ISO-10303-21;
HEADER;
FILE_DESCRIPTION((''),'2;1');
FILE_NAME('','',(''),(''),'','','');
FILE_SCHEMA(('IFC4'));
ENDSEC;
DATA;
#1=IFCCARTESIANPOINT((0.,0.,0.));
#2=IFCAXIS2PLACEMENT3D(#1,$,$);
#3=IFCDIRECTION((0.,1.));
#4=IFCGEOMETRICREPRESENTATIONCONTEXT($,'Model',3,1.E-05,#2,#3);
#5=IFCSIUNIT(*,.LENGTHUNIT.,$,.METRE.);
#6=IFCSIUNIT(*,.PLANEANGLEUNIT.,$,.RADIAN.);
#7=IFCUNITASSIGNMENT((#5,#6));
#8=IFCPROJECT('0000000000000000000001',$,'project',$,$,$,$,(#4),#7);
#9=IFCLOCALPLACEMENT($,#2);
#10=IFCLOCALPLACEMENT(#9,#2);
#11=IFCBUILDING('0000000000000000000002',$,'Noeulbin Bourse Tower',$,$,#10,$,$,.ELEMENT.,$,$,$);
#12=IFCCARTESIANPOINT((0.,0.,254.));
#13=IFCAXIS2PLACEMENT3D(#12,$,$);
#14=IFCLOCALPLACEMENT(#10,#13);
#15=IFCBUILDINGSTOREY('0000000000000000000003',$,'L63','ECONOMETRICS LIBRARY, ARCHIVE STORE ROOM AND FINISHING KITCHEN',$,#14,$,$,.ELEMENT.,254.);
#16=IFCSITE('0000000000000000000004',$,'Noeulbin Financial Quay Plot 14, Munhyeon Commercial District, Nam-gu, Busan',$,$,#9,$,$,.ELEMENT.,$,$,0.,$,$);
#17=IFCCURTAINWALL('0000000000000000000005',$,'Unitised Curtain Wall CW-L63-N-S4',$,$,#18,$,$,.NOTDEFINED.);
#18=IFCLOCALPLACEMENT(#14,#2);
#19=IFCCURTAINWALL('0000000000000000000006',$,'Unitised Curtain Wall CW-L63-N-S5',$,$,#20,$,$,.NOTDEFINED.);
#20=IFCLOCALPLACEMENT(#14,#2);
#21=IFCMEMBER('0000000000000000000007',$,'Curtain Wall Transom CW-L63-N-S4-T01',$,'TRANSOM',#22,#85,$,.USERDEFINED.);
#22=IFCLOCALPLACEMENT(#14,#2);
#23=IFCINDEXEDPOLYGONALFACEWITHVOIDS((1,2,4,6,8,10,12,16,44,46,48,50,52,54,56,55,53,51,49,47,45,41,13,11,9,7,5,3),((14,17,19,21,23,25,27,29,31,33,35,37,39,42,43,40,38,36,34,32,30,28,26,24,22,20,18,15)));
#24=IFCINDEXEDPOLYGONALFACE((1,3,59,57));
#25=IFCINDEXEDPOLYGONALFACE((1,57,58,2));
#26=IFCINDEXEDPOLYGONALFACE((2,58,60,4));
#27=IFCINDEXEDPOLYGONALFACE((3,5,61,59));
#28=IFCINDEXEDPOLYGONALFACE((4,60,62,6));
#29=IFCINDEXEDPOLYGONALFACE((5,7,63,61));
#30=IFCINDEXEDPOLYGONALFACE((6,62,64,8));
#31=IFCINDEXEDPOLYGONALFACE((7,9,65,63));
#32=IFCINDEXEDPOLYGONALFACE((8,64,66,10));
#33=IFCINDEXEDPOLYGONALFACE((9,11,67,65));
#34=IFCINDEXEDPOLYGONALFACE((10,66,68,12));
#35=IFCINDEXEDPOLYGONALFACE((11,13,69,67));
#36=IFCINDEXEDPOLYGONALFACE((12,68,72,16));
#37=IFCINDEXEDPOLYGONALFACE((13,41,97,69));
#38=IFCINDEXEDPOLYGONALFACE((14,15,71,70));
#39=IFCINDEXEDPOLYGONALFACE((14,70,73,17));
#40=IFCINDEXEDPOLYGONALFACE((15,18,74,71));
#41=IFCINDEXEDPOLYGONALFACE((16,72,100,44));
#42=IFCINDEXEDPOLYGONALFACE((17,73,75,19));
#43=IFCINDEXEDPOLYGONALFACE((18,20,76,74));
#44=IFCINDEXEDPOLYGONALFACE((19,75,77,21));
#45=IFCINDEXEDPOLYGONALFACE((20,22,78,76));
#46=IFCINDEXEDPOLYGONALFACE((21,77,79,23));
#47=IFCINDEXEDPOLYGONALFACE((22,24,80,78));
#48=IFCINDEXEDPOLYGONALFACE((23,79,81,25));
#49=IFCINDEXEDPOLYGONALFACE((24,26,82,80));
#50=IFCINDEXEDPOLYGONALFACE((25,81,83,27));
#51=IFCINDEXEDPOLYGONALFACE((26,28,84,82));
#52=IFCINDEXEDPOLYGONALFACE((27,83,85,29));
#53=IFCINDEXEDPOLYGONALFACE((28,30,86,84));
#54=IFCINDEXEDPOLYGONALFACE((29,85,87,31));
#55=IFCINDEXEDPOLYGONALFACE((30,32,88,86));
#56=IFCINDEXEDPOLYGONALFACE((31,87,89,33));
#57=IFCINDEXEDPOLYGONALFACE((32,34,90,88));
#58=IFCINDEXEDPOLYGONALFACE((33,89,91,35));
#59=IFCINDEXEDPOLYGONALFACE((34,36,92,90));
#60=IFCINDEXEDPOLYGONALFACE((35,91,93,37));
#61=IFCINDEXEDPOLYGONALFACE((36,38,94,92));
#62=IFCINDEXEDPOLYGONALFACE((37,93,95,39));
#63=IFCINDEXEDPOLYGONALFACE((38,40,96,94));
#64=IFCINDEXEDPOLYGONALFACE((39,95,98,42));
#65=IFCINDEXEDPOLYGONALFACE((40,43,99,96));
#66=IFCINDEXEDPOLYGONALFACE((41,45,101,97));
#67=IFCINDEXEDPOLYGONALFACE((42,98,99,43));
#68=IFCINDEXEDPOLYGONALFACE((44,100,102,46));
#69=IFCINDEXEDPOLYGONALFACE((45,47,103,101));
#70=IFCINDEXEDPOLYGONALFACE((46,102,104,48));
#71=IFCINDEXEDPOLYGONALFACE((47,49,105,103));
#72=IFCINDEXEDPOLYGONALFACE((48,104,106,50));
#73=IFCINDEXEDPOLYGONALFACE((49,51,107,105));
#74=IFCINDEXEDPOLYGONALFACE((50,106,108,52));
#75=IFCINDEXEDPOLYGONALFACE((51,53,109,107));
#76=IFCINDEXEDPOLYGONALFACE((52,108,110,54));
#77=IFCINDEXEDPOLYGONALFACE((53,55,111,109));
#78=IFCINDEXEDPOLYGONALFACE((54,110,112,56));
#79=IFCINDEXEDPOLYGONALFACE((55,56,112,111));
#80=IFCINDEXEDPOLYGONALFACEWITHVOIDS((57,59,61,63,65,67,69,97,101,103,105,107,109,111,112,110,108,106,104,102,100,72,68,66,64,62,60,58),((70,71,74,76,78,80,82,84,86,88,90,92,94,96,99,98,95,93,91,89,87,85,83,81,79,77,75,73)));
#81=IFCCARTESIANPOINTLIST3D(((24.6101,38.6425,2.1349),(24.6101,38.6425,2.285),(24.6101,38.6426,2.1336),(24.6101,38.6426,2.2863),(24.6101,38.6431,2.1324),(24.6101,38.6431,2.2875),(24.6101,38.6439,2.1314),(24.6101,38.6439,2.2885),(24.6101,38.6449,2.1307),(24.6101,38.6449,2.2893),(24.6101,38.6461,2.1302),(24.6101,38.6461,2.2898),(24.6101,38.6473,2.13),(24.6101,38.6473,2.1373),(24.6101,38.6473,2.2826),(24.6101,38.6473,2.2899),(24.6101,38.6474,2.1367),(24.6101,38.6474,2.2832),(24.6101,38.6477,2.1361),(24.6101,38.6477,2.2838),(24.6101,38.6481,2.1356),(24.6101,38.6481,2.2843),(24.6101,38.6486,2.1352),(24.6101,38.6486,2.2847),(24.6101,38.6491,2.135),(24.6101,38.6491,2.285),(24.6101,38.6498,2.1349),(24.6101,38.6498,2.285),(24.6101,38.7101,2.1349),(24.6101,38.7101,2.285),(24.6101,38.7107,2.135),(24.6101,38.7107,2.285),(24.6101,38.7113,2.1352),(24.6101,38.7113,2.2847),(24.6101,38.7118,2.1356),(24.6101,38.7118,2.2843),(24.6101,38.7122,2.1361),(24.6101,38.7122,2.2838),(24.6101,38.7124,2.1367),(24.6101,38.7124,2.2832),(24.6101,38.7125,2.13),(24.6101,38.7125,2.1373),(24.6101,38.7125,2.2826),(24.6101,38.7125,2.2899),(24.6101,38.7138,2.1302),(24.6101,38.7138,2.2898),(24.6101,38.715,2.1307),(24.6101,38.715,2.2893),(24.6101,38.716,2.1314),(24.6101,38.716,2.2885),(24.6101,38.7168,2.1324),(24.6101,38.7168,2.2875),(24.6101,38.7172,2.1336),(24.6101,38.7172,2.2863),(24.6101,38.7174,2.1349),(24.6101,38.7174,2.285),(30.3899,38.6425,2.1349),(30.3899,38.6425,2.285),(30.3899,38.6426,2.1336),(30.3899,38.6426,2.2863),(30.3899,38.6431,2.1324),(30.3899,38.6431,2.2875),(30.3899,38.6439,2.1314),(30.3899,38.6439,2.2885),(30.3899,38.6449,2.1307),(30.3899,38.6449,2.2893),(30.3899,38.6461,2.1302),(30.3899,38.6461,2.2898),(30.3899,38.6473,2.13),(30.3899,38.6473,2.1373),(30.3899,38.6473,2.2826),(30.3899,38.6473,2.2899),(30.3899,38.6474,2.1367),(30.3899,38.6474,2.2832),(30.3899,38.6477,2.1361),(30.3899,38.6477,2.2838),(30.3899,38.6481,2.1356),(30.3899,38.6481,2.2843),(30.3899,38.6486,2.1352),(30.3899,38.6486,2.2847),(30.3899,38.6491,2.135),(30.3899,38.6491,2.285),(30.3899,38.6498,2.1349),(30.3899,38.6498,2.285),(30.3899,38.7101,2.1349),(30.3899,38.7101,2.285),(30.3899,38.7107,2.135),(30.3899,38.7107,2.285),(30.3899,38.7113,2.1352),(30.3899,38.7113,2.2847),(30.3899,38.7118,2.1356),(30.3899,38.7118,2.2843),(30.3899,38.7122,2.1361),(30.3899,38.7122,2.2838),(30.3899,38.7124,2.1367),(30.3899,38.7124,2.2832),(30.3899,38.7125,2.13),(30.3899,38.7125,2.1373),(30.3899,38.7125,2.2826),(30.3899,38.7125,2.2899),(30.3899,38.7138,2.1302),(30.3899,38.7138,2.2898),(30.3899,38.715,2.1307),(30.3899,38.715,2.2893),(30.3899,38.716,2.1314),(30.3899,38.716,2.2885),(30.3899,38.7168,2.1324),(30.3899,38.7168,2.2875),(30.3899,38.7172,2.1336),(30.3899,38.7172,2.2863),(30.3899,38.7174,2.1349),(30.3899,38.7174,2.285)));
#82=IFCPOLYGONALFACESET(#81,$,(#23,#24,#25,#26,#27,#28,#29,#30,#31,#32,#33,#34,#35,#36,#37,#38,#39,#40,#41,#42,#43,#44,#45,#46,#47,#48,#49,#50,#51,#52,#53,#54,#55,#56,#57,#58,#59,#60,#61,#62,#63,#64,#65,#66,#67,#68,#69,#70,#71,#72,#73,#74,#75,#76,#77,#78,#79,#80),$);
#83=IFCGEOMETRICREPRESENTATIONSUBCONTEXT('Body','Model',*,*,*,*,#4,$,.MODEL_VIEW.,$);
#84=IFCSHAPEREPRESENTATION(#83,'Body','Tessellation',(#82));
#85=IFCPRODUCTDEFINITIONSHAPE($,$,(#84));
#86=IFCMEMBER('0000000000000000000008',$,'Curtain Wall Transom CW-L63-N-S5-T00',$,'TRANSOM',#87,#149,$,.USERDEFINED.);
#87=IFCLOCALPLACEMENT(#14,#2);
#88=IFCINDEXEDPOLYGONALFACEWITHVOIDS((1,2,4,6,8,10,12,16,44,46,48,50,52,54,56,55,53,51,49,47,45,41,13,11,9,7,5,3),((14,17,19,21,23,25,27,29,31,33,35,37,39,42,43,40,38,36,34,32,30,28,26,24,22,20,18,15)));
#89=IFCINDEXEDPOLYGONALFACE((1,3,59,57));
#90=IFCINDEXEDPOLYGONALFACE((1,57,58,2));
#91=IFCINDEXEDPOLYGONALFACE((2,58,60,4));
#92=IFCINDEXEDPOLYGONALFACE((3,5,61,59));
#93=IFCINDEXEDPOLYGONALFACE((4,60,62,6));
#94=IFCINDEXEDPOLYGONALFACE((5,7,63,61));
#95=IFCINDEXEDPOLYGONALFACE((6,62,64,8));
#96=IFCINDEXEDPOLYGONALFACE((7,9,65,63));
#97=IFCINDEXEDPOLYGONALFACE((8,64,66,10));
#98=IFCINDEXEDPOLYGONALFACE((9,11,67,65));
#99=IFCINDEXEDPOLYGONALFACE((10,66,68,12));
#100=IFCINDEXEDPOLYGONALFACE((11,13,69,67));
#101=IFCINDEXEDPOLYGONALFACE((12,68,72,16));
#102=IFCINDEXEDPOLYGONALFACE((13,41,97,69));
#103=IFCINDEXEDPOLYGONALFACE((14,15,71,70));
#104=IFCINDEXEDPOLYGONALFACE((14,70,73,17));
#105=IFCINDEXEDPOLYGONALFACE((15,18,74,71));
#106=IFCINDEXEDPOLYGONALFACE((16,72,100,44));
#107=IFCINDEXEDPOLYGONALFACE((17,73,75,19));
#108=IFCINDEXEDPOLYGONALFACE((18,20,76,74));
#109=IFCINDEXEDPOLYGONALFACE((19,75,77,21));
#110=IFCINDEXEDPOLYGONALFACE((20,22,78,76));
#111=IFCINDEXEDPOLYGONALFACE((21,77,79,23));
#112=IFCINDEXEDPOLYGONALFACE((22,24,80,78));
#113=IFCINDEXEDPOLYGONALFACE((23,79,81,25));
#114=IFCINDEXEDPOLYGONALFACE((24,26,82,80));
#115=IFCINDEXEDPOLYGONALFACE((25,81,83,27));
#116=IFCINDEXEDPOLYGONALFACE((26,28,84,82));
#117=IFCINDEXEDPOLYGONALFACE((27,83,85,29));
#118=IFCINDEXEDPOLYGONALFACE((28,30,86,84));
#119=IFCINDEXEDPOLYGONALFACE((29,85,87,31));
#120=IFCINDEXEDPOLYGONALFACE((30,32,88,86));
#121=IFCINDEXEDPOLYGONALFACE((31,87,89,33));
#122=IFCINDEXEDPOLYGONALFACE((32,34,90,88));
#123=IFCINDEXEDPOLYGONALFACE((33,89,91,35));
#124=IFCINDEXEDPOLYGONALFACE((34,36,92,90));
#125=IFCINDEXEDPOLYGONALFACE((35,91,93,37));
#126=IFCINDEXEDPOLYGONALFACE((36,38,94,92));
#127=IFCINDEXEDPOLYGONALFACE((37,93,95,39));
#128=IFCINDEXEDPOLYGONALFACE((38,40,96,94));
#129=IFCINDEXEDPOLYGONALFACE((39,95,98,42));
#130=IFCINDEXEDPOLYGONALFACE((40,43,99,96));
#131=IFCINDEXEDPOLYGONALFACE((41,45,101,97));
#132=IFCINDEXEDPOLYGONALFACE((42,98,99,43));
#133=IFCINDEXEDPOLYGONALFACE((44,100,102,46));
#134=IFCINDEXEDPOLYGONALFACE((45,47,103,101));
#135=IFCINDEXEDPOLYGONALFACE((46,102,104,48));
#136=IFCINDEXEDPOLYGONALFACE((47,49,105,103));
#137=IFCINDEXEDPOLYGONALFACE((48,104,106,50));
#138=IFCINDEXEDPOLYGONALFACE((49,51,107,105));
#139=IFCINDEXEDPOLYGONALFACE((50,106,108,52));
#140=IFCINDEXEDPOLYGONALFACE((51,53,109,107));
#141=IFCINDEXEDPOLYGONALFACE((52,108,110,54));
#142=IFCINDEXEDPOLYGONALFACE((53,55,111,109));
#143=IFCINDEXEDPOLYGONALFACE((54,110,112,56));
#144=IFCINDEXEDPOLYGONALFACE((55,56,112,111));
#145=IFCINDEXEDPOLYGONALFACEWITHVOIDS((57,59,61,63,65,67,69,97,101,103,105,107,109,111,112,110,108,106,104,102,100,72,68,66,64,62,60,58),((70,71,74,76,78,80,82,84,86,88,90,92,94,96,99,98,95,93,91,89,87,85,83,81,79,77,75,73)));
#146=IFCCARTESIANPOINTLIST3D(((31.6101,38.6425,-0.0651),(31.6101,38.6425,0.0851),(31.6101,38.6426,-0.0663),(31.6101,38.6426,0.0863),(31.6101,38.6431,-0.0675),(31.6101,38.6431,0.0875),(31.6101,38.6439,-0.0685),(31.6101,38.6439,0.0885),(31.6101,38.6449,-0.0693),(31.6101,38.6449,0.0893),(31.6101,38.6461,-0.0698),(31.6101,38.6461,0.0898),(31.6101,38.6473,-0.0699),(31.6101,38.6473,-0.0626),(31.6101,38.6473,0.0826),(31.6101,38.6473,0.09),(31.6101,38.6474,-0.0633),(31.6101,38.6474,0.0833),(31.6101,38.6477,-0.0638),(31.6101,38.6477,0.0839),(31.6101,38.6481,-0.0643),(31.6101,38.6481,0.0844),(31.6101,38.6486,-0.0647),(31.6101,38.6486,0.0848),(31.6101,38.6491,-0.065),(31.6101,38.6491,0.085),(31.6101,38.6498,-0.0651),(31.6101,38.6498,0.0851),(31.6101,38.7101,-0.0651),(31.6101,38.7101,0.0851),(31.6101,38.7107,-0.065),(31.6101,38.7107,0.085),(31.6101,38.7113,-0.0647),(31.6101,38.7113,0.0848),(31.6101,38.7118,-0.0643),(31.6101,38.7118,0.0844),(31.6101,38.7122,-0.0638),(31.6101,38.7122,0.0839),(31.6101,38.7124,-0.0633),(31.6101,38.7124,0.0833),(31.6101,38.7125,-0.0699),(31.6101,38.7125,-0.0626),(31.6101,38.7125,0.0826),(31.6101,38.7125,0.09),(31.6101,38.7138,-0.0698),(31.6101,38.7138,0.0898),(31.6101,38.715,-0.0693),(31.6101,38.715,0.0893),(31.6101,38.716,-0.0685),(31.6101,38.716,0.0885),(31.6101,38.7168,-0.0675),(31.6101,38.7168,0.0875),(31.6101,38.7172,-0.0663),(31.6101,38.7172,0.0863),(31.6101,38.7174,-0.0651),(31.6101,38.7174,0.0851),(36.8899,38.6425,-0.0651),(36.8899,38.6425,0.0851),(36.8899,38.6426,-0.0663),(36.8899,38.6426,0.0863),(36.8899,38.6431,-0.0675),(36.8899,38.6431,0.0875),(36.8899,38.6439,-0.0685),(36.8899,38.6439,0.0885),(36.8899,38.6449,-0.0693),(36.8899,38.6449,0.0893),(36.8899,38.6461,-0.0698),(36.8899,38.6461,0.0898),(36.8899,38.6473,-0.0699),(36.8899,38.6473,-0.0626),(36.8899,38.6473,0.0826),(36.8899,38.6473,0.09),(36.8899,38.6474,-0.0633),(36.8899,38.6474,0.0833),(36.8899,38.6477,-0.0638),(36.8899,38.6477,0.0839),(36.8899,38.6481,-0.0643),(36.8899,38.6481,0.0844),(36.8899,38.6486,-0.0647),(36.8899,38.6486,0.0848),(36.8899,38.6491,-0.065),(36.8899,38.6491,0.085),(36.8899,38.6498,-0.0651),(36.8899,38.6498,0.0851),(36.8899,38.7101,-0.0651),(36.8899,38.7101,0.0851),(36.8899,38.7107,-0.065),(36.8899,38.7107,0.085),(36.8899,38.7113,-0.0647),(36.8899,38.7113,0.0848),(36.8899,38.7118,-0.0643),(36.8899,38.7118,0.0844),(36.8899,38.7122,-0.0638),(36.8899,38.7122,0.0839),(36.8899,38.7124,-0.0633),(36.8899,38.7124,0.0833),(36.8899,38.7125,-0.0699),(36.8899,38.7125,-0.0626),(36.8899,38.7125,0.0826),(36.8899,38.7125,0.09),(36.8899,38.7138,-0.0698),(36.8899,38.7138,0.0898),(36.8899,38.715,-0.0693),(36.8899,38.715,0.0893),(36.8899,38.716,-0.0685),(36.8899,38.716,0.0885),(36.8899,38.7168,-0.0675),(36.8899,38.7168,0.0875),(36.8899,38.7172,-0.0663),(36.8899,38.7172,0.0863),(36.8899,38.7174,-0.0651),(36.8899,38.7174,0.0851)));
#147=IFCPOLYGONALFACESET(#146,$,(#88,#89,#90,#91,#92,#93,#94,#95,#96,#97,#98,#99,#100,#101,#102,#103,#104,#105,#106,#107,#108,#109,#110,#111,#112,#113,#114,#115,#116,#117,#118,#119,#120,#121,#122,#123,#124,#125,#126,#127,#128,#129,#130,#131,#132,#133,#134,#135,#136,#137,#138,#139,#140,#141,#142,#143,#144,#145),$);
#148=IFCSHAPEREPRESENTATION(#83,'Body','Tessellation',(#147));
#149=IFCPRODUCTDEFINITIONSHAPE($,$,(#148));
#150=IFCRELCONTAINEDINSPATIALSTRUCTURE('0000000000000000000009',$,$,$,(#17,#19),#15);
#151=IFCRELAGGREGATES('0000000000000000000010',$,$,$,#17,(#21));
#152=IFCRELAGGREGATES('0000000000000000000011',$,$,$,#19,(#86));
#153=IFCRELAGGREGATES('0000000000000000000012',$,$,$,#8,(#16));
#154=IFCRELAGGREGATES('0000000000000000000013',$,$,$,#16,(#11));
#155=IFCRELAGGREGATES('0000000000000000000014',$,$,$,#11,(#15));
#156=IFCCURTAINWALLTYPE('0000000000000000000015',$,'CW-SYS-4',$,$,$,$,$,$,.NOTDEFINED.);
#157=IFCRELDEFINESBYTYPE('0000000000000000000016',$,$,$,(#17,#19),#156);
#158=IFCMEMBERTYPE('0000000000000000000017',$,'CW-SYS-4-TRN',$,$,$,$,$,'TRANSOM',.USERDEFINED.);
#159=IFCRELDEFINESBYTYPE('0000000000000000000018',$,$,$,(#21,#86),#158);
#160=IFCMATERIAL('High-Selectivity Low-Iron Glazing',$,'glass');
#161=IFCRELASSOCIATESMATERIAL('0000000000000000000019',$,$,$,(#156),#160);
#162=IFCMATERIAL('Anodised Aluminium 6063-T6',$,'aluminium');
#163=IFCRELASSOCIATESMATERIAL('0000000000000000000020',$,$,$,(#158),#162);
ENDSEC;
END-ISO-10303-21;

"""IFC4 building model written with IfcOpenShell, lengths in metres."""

from ifc_helpers import new_model, si_unit, direction, frame, origin, origin_2d, place, context, subcontext, project, spatial, hollow_rectangle, extrude, material, material_profile, profile_set, type_object, element, aggregate, save


model = new_model("IFC4")

# Units and contexts
model_context = context("Model", 3, precision=1e-05, world=origin(), true_north=direction((0.0, 1.0)))
body_context = subcontext(model_context, "Body", "Model", "MODEL_VIEW")
ifc_project = project(units=[si_unit("LENGTHUNIT", "METRE"), si_unit("PLANEANGLEUNIT", "RADIAN")], contexts=[model_context])

# Site, building, storey
site_placement = place(None, origin())
site = spatial("IfcSite", under=ifc_project, at=site_placement, Name="Noeulbin Financial Quay Plot 14, Munhyeon Commercial District, Nam-gu, Busan", CompositionType="ELEMENT", RefElevation=0.0)
building_placement = place(site_placement, origin())
building = spatial("IfcBuilding", under=site, at=building_placement, Name="Noeulbin Bourse Tower", CompositionType="ELEMENT")
storey_placement = place(building_placement, frame((0.0, 0.0, 254.0)))
storey = spatial("IfcBuildingStorey", under=building, at=storey_placement, Name="L63", Description="ECONOMETRICS LIBRARY, ARCHIVE STORE ROOM AND FINISHING KITCHEN", CompositionType="ELEMENT", Elevation=254.0)

# Curtain walls
ifc_material_1 = material(Name="High-Selectivity Low-Iron Glazing", Category="glass")
curtain_wall_type = type_object("IfcCurtainWallType", Name="CW-SYS-4", PredefinedType="NOTDEFINED", material=ifc_material_1)
curtain_wall_1_placement = place(storey_placement, origin())
curtain_wall_1 = element("IfcCurtainWall", 1, at=curtain_wall_1_placement, inside=storey, type_object=curtain_wall_type, Name="Unitised Curtain Wall CW-L63-N-S4", PredefinedType="NOTDEFINED")
ifc_material_2 = material(Name="Anodised Aluminium 6063-T6", Category="aluminium")
curtain_wall_2_placement = place(storey_placement, origin())
curtain_wall_2 = element("IfcCurtainWall", 2, at=curtain_wall_2_placement, inside=storey, type_object=curtain_wall_type, Name="Unitised Curtain Wall CW-L63-N-S5", PredefinedType="NOTDEFINED")

# Members
ifc_material_profile_1 = material_profile(ifc_material_2, hollow_rectangle(XDim=0.075, YDim=0.1599, WallThickness=0.0049, InnerFilletRadius=0.0024, OuterFilletRadius=0.0049, at=origin_2d()), Name="ALU-TRAN-75x160x5", Category="LoadBearing")
ifc_profile_set_1 = profile_set([ifc_material_profile_1], Name="Anodised Aluminium 6063-T6")
member_type_1 = type_object("IfcMemberType", Name="CW-SYS-4-TRN", ElementType="TRANSOM", PredefinedType="USERDEFINED", material=ifc_profile_set_1)
member_1_placement = place(storey_placement, frame((24.6101, 38.6799, 2.21), z_axis=(1.0, 0.0, 0.0), x_axis=(0.0, 1.0, 0.0)))
member_1 = element("IfcMember", 3, at=member_1_placement, type_object=member_type_1, Name="Curtain Wall Transom CW-L63-N-S4-T01", ObjectType="TRANSOM", PredefinedType="USERDEFINED", context=body_context, shape_type="SweptSolid", body=[
    extrude(hollow_rectangle(XDim=0.075, YDim=0.1599, WallThickness=0.0049, InnerFilletRadius=0.0024, OuterFilletRadius=0.0049, at=origin_2d()), origin(), (0.0, 0.0, 1.0), 5.7798),
])
member_2_placement = place(storey_placement, frame((31.6101, 38.6799, 0.01), z_axis=(1.0, 0.0, 0.0), x_axis=(0.0, 1.0, 0.0)))
member_2 = element("IfcMember", 4, at=member_2_placement, type_object=member_type_1, Name="Curtain Wall Transom CW-L63-N-S5-T00", ObjectType="TRANSOM", PredefinedType="USERDEFINED", context=body_context, shape_type="SweptSolid", body=[
    extrude(hollow_rectangle(XDim=0.075, YDim=0.1599, WallThickness=0.0049, InnerFilletRadius=0.0024, OuterFilletRadius=0.0049, at=origin_2d()), origin(), (0.0, 0.0, 1.0), 5.2798),
])

aggregate(curtain_wall_1, [member_1])
aggregate(curtain_wall_2, [member_2])

save(model, "model.ifc")
